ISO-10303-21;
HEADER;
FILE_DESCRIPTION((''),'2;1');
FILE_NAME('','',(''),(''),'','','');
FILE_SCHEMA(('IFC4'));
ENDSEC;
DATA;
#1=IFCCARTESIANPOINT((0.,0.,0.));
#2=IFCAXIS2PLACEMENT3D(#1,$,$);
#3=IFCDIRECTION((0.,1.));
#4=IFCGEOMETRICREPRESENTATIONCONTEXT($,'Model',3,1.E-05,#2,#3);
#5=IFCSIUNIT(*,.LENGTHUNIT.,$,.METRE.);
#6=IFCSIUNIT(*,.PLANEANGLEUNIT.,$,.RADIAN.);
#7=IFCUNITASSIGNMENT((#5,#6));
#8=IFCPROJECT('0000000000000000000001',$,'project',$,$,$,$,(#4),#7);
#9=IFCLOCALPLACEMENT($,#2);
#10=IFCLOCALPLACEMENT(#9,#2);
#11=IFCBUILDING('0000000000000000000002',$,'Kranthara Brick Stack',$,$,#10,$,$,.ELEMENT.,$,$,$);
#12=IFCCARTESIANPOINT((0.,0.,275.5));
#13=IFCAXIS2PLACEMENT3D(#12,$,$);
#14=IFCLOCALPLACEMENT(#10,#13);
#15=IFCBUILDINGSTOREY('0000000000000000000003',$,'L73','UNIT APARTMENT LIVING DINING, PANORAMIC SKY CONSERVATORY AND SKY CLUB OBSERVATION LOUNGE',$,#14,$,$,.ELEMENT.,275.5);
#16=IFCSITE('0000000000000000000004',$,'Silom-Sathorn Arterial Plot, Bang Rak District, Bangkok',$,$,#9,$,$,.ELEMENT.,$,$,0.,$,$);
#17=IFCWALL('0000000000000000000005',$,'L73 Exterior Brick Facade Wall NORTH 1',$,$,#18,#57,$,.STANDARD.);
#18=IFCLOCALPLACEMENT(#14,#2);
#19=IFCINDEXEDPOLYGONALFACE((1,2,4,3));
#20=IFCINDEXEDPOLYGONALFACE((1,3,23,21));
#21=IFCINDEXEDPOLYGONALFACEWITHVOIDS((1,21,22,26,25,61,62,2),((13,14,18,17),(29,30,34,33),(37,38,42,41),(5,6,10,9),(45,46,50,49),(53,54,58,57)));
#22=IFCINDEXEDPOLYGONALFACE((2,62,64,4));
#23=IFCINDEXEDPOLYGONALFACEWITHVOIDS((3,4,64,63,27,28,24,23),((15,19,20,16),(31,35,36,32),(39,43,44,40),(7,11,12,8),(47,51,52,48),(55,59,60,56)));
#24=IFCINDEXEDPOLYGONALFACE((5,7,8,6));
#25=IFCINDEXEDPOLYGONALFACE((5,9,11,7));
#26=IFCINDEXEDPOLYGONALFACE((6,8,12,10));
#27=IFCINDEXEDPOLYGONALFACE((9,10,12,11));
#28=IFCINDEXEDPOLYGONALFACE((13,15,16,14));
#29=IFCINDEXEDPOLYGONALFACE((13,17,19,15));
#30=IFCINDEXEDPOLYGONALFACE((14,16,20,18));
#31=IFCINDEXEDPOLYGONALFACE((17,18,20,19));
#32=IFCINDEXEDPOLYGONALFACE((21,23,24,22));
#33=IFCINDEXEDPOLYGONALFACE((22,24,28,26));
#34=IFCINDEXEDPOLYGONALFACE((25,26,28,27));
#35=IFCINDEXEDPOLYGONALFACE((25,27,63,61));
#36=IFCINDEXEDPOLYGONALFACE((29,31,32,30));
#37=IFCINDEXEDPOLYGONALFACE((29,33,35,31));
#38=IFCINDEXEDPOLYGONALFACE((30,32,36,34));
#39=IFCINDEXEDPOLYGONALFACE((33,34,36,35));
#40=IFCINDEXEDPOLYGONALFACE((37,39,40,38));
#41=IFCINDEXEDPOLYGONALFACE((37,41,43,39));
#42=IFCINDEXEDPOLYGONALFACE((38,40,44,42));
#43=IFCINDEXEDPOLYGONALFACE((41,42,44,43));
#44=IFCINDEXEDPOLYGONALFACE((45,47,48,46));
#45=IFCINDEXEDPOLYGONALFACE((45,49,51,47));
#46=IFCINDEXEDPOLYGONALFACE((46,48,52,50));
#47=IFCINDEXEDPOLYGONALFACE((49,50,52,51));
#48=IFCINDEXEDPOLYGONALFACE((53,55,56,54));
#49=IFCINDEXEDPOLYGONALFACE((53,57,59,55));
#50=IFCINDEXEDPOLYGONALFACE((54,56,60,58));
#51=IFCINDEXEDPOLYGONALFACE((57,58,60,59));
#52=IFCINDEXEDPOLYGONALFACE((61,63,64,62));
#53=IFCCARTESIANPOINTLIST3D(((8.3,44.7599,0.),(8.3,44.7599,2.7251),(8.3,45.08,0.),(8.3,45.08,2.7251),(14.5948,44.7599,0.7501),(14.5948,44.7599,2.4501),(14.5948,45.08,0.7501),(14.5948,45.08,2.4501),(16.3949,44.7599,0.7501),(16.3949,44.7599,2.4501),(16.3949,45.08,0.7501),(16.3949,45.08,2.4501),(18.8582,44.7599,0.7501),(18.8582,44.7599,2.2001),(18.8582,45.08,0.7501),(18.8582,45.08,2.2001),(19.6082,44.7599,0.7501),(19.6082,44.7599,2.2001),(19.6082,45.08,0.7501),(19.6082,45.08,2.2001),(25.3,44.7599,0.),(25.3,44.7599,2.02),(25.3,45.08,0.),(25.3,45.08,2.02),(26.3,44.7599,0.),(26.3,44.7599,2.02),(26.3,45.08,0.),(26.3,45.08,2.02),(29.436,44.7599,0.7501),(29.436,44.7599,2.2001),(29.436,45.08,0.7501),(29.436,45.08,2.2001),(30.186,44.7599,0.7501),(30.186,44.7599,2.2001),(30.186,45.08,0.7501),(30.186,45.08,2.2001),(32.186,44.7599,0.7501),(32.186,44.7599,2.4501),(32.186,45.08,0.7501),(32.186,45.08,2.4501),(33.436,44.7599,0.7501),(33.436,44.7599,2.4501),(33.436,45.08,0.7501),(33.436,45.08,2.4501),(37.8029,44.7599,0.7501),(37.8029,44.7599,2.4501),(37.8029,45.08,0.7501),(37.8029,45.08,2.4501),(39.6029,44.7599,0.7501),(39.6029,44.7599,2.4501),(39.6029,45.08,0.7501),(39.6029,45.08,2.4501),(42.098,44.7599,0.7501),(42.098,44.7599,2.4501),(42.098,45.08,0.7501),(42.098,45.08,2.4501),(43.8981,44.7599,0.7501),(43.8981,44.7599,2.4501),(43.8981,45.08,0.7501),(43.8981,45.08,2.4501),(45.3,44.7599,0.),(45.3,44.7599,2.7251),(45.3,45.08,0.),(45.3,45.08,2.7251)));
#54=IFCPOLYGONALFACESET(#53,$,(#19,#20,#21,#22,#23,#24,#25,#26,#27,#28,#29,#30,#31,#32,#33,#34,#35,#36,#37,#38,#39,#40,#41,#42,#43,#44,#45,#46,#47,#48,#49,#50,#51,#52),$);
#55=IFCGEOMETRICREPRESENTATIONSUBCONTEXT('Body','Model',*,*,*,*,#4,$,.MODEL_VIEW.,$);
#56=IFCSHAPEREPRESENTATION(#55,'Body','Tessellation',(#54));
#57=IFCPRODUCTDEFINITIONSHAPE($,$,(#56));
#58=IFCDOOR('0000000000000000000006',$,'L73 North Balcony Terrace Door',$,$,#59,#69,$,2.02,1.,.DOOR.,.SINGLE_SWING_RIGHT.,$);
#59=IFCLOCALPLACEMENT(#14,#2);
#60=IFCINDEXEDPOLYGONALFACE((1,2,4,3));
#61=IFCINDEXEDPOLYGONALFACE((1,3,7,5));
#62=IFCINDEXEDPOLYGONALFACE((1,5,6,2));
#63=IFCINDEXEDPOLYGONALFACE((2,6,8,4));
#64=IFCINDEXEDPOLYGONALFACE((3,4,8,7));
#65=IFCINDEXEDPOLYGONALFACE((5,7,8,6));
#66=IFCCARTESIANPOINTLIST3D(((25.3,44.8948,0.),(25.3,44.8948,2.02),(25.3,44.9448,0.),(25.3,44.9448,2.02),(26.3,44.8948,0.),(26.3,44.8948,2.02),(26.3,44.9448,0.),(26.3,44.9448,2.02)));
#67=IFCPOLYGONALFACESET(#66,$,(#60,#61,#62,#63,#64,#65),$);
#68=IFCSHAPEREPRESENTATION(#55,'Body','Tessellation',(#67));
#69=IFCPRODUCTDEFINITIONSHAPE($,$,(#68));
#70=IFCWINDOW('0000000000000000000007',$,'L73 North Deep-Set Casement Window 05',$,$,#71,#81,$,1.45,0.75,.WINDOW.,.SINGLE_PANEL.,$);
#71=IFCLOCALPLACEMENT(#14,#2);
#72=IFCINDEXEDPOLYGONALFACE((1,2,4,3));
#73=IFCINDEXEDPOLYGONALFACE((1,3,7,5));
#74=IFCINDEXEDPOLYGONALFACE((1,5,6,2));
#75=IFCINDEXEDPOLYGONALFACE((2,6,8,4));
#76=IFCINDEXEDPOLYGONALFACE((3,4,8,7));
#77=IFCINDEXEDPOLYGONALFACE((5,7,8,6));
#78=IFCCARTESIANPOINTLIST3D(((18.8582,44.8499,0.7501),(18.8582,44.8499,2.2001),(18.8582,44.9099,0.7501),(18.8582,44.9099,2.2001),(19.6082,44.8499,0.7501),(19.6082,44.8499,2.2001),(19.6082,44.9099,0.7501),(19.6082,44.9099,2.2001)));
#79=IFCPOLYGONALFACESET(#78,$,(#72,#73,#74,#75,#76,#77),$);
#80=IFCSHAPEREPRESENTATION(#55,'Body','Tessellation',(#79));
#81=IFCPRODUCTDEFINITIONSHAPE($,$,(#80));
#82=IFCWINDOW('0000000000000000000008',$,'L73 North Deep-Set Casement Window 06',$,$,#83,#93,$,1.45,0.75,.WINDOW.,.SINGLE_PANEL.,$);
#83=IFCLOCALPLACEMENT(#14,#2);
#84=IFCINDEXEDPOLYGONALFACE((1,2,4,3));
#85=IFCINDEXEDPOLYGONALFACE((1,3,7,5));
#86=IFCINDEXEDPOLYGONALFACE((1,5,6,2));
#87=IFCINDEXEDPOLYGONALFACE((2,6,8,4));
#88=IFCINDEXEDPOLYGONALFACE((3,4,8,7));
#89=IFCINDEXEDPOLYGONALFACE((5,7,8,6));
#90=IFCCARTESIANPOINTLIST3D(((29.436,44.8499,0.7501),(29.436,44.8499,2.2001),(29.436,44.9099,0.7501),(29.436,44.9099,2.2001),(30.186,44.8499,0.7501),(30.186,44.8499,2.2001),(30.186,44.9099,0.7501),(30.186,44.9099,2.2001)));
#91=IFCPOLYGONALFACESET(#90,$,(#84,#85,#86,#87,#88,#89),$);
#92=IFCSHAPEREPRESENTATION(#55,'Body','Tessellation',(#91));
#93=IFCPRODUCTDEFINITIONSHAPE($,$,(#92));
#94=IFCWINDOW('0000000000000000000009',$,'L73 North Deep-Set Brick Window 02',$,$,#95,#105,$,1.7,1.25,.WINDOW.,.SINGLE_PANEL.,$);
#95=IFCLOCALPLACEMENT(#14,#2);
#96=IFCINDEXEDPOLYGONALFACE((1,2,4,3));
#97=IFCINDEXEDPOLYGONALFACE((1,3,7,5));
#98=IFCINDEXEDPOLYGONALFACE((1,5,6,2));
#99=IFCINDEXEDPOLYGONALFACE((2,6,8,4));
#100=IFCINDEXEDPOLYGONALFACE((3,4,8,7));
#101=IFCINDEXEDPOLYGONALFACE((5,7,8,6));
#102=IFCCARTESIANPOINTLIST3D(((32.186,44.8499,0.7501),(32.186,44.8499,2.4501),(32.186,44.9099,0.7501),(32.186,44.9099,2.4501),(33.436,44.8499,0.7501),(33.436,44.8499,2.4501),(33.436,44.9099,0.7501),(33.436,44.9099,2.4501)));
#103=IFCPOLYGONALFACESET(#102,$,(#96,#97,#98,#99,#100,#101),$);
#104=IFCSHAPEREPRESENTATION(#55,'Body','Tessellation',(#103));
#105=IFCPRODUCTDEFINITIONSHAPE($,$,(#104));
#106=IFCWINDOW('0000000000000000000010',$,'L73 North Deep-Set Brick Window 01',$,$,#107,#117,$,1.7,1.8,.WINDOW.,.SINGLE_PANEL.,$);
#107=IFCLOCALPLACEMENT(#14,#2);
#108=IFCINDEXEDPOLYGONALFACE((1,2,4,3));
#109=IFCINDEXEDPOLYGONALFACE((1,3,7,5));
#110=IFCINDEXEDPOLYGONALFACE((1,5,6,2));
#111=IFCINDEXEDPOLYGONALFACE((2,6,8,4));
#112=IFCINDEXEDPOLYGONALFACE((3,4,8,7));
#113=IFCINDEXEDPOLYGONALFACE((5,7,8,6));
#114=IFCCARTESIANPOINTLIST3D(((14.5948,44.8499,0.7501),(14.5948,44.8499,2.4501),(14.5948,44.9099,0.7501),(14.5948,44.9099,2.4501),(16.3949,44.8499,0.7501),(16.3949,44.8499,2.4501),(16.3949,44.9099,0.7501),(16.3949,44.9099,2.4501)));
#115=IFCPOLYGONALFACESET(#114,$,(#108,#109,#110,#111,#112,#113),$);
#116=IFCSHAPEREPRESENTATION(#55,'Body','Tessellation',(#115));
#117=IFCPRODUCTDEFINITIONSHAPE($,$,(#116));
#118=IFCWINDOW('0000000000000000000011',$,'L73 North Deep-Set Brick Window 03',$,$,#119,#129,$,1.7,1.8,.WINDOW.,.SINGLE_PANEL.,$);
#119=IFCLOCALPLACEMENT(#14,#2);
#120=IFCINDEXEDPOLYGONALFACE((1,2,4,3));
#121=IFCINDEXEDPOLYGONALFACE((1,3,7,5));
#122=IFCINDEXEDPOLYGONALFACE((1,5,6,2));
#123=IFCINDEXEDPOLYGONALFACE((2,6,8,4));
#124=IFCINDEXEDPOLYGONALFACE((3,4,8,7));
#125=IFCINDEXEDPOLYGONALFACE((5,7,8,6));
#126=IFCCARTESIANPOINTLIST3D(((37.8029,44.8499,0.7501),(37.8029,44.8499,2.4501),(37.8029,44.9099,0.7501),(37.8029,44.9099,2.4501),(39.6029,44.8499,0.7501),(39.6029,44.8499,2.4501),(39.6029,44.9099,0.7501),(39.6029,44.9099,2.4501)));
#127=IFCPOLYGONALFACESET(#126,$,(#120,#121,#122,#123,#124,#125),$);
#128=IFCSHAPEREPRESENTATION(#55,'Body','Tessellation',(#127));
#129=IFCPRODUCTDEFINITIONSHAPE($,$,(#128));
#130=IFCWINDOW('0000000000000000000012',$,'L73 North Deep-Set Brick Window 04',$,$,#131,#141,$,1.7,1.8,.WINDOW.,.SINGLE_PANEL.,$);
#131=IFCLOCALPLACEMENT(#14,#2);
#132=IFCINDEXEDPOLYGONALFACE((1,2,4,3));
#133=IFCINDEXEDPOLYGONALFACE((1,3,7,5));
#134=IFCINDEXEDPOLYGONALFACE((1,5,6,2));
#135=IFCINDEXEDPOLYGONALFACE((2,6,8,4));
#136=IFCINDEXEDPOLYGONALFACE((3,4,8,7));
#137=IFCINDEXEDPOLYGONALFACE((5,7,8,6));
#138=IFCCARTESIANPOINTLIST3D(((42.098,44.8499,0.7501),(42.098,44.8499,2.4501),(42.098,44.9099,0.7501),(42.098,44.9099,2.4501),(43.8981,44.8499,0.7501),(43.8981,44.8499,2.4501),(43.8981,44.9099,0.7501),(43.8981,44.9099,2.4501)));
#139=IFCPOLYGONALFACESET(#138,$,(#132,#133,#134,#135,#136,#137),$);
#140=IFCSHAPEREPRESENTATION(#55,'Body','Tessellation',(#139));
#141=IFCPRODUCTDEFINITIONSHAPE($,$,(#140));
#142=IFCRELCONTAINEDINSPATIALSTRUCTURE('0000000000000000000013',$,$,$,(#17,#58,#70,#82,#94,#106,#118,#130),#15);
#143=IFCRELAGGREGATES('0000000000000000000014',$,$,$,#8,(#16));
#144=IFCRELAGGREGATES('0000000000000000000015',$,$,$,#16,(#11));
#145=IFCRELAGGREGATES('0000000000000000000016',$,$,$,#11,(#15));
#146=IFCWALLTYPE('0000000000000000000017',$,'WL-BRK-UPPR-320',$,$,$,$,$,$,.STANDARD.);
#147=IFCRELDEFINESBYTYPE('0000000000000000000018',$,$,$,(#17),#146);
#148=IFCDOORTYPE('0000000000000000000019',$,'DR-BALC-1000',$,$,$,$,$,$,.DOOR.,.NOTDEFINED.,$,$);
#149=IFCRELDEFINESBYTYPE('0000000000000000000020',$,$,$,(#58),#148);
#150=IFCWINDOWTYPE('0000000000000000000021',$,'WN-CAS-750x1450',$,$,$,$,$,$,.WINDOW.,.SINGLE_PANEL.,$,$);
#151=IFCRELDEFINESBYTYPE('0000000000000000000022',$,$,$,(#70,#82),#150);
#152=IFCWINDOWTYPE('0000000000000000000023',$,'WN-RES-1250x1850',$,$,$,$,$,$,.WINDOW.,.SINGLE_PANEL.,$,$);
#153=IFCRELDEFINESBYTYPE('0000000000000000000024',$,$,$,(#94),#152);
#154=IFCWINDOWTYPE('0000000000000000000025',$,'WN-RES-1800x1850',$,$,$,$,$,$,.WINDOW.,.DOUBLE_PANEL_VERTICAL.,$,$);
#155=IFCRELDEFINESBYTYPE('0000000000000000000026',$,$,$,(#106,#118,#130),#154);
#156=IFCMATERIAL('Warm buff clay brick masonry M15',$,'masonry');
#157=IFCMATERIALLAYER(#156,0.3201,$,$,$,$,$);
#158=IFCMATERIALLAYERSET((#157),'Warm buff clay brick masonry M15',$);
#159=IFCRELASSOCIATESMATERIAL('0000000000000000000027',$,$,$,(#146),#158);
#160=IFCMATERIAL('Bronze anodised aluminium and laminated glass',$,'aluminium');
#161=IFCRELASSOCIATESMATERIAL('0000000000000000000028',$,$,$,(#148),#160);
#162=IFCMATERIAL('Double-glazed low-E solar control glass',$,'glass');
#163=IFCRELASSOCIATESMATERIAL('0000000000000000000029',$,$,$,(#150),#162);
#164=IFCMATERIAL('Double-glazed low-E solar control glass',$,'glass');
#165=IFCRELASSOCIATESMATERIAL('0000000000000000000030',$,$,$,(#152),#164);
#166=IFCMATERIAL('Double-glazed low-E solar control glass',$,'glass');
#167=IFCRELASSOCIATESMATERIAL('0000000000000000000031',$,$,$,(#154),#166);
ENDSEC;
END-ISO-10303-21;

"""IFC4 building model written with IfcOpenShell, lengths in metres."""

from ifc_helpers import new_model, si_unit, direction, frame, frame_2d, origin, place, context, subcontext, project, spatial, rectangle, extrude, material, layer, layer_set, type_object, element, fill, save


model = new_model("IFC4")

# Units and contexts
model_context = context("Model", 3, precision=1e-05, world=origin(), true_north=direction((0.0, 1.0)))
body_context = subcontext(model_context, "Body", "Model", "MODEL_VIEW")
ifc_project = project(units=[si_unit("LENGTHUNIT", "METRE"), si_unit("PLANEANGLEUNIT", "RADIAN")], contexts=[model_context])

# Site, building, storey
site_placement = place(None, origin())
site = spatial("IfcSite", under=ifc_project, at=site_placement, Name="Silom-Sathorn Arterial Plot, Bang Rak District, Bangkok", CompositionType="ELEMENT", RefElevation=0.0)
building_placement = place(site_placement, origin())
building = spatial("IfcBuilding", under=site, at=building_placement, Name="Kranthara Brick Stack", CompositionType="ELEMENT")
storey_placement = place(building_placement, frame((0.0, 0.0, 275.5)))
storey = spatial("IfcBuildingStorey", under=building, at=storey_placement, Name="L73", Description="UNIT APARTMENT LIVING DINING, PANORAMIC SKY CONSERVATORY AND SKY CLUB OBSERVATION LOUNGE", CompositionType="ELEMENT", Elevation=275.5)

# Wall, openings, door, windows
ifc_material_1 = material(Name="Warm buff clay brick masonry M15", Category="masonry")
ifc_layer_1 = layer(ifc_material_1, 0.3201)
ifc_layer_set_1 = layer_set([ifc_layer_1], Name="Warm buff clay brick masonry M15")
wall_type_1 = type_object("IfcWallType", Name="WL-BRK-UPPR-320", PredefinedType="STANDARD", material=ifc_layer_set_1)
wall_1_placement = place(storey_placement, frame((8.3, 44.9199, 0.0), z_axis=(0.0, 0.0, 1.0), x_axis=(1.0, 0.0, 0.0)))
wall_1 = element("IfcWall", 1, at=wall_1_placement, inside=storey, type_object=wall_type_1, Name="L73 Exterior Brick Facade Wall NORTH 1", PredefinedType="STANDARD", context=body_context, shape_type="SweptSolid", body=[
    extrude(rectangle(XDim=37.0, YDim=0.3201, at=frame_2d((18.5, 0.0))), origin(), (0.0, 0.0, 1.0), 2.7251),
])
opening_1_placement = place(wall_1_placement, frame((17.0, 0.0, 0.0)))
opening_1 = element("IfcOpeningElement", 2, at=opening_1_placement, cuts=wall_1, PredefinedType="OPENING", context=body_context, shape_type="SweptSolid", body=[
    extrude(rectangle(XDim=1.0, YDim=2.02, at=frame_2d((0.5, 1.01))), frame((0.0, 0.1699, 0.0), z_axis=(0.0, -1.0, 0.0), x_axis=(1.0, 0.0, 0.0)), (0.0, 0.0, 1.0), 0.3401),
])
opening_2_placement = place(wall_1_placement, frame((6.2949, 0.0, 0.75)))
opening_2 = element("IfcOpeningElement", 3, at=opening_2_placement, cuts=wall_1, PredefinedType="OPENING", context=body_context, shape_type="SweptSolid", body=[
    extrude(rectangle(XDim=1.8, YDim=1.7, at=frame_2d((0.8999, 0.8501))), frame((0.0, 0.1699, 0.0), z_axis=(0.0, -1.0, 0.0), x_axis=(1.0, 0.0, 0.0)), (0.0, 0.0, 1.0), 0.3401),
])
opening_3_placement = place(wall_1_placement, frame((23.886, 0.0, 0.75)))
opening_3 = element("IfcOpeningElement", 4, at=opening_3_placement, cuts=wall_1, PredefinedType="OPENING", context=body_context, shape_type="SweptSolid", body=[
    extrude(rectangle(XDim=1.25, YDim=1.7, at=frame_2d((0.625, 0.8501))), frame((0.0, 0.1699, 0.0), z_axis=(0.0, -1.0, 0.0), x_axis=(1.0, 0.0, 0.0)), (0.0, 0.0, 1.0), 0.3401),
])
opening_4_placement = place(wall_1_placement, frame((29.5029, 0.0, 0.75)))
opening_4 = element("IfcOpeningElement", 5, at=opening_4_placement, cuts=wall_1, PredefinedType="OPENING", context=body_context, shape_type="SweptSolid", body=[
    extrude(rectangle(XDim=1.8, YDim=1.7, at=frame_2d((0.8999, 0.8501))), frame((0.0, 0.1699, 0.0), z_axis=(0.0, -1.0, 0.0), x_axis=(1.0, 0.0, 0.0)), (0.0, 0.0, 1.0), 0.3401),
])
opening_5_placement = place(wall_1_placement, frame((33.7981, 0.0, 0.75)))
opening_5 = element("IfcOpeningElement", 6, at=opening_5_placement, cuts=wall_1, PredefinedType="OPENING", context=body_context, shape_type="SweptSolid", body=[
    extrude(rectangle(XDim=1.8, YDim=1.7, at=frame_2d((0.8999, 0.8501))), frame((0.0, 0.1699, 0.0), z_axis=(0.0, -1.0, 0.0), x_axis=(1.0, 0.0, 0.0)), (0.0, 0.0, 1.0), 0.3401),
])
opening_6_placement = place(wall_1_placement, frame((10.5581, 0.0, 0.75)))
opening_6 = element("IfcOpeningElement", 7, at=opening_6_placement, cuts=wall_1, PredefinedType="OPENING", context=body_context, shape_type="SweptSolid", body=[
    extrude(rectangle(XDim=0.75, YDim=1.45, at=frame_2d((0.375, 0.7251))), frame((0.0, 0.1699, 0.0), z_axis=(0.0, -1.0, 0.0), x_axis=(1.0, 0.0, 0.0)), (0.0, 0.0, 1.0), 0.3401),
])
opening_7_placement = place(wall_1_placement, frame((21.136, 0.0, 0.75)))
opening_7 = element("IfcOpeningElement", 8, at=opening_7_placement, cuts=wall_1, PredefinedType="OPENING", context=body_context, shape_type="SweptSolid", body=[
    extrude(rectangle(XDim=0.75, YDim=1.45, at=frame_2d((0.375, 0.7251))), frame((0.0, 0.1699, 0.0), z_axis=(0.0, -1.0, 0.0), x_axis=(1.0, 0.0, 0.0)), (0.0, 0.0, 1.0), 0.3401),
])
ifc_material_2 = material(Name="Bronze anodised aluminium and laminated glass", Category="aluminium")
door_type_1 = type_object("IfcDoorType", Name="DR-BALC-1000", OperationType="NOTDEFINED", PredefinedType="DOOR", material=ifc_material_2)
door_1_placement = place(opening_1_placement, origin())
door_1 = element("IfcDoor", 9, at=door_1_placement, inside=storey, type_object=door_type_1, Name="L73 North Balcony Terrace Door", OperationType="SINGLE_SWING_RIGHT", OverallHeight=2.02, OverallWidth=1.0, PredefinedType="DOOR", context=body_context, shape_type="SweptSolid", body=[
    extrude(rectangle(XDim=1.0, YDim=2.02, at=frame_2d((0.5, 1.01))), frame((0.0, 0.0249, 0.0), z_axis=(0.0, -1.0, 0.0), x_axis=(1.0, 0.0, 0.0)), (0.0, 0.0, 1.0), 0.05),
])
fill(opening_1, door_1)
ifc_material_3 = material(Name="Double-glazed low-E solar control glass", Category="glass")
window_type_1 = type_object("IfcWindowType", Name="WN-CAS-750x1450", PartitioningType="SINGLE_PANEL", PredefinedType="WINDOW", material=ifc_material_3)
window_1_placement = place(opening_6_placement, origin())
window_1 = element("IfcWindow", 10, at=window_1_placement, inside=storey, type_object=window_type_1, Name="L73 North Deep-Set Casement Window 05", OverallHeight=1.45, OverallWidth=0.75, PartitioningType="SINGLE_PANEL", PredefinedType="WINDOW", context=body_context, shape_type="SweptSolid", body=[
    extrude(rectangle(XDim=0.75, YDim=1.45, at=frame_2d((0.375, 0.7251))), frame((0.0, -0.01, 0.0), z_axis=(0.0, -1.0, 0.0), x_axis=(1.0, 0.0, 0.0)), (0.0, 0.0, 1.0), 0.0601),
])
fill(opening_6, window_1)
window_2_placement = place(opening_7_placement, origin())
window_2 = element("IfcWindow", 11, at=window_2_placement, inside=storey, type_object=window_type_1, Name="L73 North Deep-Set Casement Window 06", OverallHeight=1.45, OverallWidth=0.75, PartitioningType="SINGLE_PANEL", PredefinedType="WINDOW", context=body_context, shape_type="SweptSolid", body=[
    extrude(rectangle(XDim=0.75, YDim=1.45, at=frame_2d((0.375, 0.7251))), frame((0.0, -0.01, 0.0), z_axis=(0.0, -1.0, 0.0), x_axis=(1.0, 0.0, 0.0)), (0.0, 0.0, 1.0), 0.0601),
])
fill(opening_7, window_2)
ifc_material_4 = material(Name="Double-glazed low-E solar control glass", Category="glass")
window_type_2 = type_object("IfcWindowType", Name="WN-RES-1250x1850", PartitioningType="SINGLE_PANEL", PredefinedType="WINDOW", material=ifc_material_4)
window_3_placement = place(opening_3_placement, origin())
window_3 = element("IfcWindow", 12, at=window_3_placement, inside=storey, type_object=window_type_2, Name="L73 North Deep-Set Brick Window 02", OverallHeight=1.7, OverallWidth=1.25, PartitioningType="SINGLE_PANEL", PredefinedType="WINDOW", context=body_context, shape_type="SweptSolid", body=[
    extrude(rectangle(XDim=1.25, YDim=1.7, at=frame_2d((0.625, 0.8501))), frame((0.0, -0.01, 0.0), z_axis=(0.0, -1.0, 0.0), x_axis=(1.0, 0.0, 0.0)), (0.0, 0.0, 1.0), 0.0601),
])
fill(opening_3, window_3)
ifc_material_5 = material(Name="Double-glazed low-E solar control glass", Category="glass")
window_type_3 = type_object("IfcWindowType", Name="WN-RES-1800x1850", PartitioningType="DOUBLE_PANEL_VERTICAL", PredefinedType="WINDOW", material=ifc_material_5)
window_4_placement = place(opening_2_placement, origin())
window_4 = element("IfcWindow", 13, at=window_4_placement, inside=storey, type_object=window_type_3, Name="L73 North Deep-Set Brick Window 01", OverallHeight=1.7, OverallWidth=1.8, PartitioningType="SINGLE_PANEL", PredefinedType="WINDOW", context=body_context, shape_type="SweptSolid", body=[
    extrude(rectangle(XDim=1.8, YDim=1.7, at=frame_2d((0.8999, 0.8501))), frame((0.0, -0.01, 0.0), z_axis=(0.0, -1.0, 0.0), x_axis=(1.0, 0.0, 0.0)), (0.0, 0.0, 1.0), 0.0601),
])
fill(opening_2, window_4)
window_5_placement = place(opening_4_placement, origin())
window_5 = element("IfcWindow", 14, at=window_5_placement, inside=storey, type_object=window_type_3, Name="L73 North Deep-Set Brick Window 03", OverallHeight=1.7, OverallWidth=1.8, PartitioningType="SINGLE_PANEL", PredefinedType="WINDOW", context=body_context, shape_type="SweptSolid", body=[
    extrude(rectangle(XDim=1.8, YDim=1.7, at=frame_2d((0.8999, 0.8501))), frame((0.0, -0.01, 0.0), z_axis=(0.0, -1.0, 0.0), x_axis=(1.0, 0.0, 0.0)), (0.0, 0.0, 1.0), 0.0601),
])
fill(opening_4, window_5)
window_6_placement = place(opening_5_placement, origin())
window_6 = element("IfcWindow", 15, at=window_6_placement, inside=storey, type_object=window_type_3, Name="L73 North Deep-Set Brick Window 04", OverallHeight=1.7, OverallWidth=1.8, PartitioningType="SINGLE_PANEL", PredefinedType="WINDOW", context=body_context, shape_type="SweptSolid", body=[
    extrude(rectangle(XDim=1.8, YDim=1.7, at=frame_2d((0.8999, 0.8501))), frame((0.0, -0.01, 0.0), z_axis=(0.0, -1.0, 0.0), x_axis=(1.0, 0.0, 0.0)), (0.0, 0.0, 1.0), 0.0601),
])
fill(opening_5, window_6)

save(model, "model.ifc")
